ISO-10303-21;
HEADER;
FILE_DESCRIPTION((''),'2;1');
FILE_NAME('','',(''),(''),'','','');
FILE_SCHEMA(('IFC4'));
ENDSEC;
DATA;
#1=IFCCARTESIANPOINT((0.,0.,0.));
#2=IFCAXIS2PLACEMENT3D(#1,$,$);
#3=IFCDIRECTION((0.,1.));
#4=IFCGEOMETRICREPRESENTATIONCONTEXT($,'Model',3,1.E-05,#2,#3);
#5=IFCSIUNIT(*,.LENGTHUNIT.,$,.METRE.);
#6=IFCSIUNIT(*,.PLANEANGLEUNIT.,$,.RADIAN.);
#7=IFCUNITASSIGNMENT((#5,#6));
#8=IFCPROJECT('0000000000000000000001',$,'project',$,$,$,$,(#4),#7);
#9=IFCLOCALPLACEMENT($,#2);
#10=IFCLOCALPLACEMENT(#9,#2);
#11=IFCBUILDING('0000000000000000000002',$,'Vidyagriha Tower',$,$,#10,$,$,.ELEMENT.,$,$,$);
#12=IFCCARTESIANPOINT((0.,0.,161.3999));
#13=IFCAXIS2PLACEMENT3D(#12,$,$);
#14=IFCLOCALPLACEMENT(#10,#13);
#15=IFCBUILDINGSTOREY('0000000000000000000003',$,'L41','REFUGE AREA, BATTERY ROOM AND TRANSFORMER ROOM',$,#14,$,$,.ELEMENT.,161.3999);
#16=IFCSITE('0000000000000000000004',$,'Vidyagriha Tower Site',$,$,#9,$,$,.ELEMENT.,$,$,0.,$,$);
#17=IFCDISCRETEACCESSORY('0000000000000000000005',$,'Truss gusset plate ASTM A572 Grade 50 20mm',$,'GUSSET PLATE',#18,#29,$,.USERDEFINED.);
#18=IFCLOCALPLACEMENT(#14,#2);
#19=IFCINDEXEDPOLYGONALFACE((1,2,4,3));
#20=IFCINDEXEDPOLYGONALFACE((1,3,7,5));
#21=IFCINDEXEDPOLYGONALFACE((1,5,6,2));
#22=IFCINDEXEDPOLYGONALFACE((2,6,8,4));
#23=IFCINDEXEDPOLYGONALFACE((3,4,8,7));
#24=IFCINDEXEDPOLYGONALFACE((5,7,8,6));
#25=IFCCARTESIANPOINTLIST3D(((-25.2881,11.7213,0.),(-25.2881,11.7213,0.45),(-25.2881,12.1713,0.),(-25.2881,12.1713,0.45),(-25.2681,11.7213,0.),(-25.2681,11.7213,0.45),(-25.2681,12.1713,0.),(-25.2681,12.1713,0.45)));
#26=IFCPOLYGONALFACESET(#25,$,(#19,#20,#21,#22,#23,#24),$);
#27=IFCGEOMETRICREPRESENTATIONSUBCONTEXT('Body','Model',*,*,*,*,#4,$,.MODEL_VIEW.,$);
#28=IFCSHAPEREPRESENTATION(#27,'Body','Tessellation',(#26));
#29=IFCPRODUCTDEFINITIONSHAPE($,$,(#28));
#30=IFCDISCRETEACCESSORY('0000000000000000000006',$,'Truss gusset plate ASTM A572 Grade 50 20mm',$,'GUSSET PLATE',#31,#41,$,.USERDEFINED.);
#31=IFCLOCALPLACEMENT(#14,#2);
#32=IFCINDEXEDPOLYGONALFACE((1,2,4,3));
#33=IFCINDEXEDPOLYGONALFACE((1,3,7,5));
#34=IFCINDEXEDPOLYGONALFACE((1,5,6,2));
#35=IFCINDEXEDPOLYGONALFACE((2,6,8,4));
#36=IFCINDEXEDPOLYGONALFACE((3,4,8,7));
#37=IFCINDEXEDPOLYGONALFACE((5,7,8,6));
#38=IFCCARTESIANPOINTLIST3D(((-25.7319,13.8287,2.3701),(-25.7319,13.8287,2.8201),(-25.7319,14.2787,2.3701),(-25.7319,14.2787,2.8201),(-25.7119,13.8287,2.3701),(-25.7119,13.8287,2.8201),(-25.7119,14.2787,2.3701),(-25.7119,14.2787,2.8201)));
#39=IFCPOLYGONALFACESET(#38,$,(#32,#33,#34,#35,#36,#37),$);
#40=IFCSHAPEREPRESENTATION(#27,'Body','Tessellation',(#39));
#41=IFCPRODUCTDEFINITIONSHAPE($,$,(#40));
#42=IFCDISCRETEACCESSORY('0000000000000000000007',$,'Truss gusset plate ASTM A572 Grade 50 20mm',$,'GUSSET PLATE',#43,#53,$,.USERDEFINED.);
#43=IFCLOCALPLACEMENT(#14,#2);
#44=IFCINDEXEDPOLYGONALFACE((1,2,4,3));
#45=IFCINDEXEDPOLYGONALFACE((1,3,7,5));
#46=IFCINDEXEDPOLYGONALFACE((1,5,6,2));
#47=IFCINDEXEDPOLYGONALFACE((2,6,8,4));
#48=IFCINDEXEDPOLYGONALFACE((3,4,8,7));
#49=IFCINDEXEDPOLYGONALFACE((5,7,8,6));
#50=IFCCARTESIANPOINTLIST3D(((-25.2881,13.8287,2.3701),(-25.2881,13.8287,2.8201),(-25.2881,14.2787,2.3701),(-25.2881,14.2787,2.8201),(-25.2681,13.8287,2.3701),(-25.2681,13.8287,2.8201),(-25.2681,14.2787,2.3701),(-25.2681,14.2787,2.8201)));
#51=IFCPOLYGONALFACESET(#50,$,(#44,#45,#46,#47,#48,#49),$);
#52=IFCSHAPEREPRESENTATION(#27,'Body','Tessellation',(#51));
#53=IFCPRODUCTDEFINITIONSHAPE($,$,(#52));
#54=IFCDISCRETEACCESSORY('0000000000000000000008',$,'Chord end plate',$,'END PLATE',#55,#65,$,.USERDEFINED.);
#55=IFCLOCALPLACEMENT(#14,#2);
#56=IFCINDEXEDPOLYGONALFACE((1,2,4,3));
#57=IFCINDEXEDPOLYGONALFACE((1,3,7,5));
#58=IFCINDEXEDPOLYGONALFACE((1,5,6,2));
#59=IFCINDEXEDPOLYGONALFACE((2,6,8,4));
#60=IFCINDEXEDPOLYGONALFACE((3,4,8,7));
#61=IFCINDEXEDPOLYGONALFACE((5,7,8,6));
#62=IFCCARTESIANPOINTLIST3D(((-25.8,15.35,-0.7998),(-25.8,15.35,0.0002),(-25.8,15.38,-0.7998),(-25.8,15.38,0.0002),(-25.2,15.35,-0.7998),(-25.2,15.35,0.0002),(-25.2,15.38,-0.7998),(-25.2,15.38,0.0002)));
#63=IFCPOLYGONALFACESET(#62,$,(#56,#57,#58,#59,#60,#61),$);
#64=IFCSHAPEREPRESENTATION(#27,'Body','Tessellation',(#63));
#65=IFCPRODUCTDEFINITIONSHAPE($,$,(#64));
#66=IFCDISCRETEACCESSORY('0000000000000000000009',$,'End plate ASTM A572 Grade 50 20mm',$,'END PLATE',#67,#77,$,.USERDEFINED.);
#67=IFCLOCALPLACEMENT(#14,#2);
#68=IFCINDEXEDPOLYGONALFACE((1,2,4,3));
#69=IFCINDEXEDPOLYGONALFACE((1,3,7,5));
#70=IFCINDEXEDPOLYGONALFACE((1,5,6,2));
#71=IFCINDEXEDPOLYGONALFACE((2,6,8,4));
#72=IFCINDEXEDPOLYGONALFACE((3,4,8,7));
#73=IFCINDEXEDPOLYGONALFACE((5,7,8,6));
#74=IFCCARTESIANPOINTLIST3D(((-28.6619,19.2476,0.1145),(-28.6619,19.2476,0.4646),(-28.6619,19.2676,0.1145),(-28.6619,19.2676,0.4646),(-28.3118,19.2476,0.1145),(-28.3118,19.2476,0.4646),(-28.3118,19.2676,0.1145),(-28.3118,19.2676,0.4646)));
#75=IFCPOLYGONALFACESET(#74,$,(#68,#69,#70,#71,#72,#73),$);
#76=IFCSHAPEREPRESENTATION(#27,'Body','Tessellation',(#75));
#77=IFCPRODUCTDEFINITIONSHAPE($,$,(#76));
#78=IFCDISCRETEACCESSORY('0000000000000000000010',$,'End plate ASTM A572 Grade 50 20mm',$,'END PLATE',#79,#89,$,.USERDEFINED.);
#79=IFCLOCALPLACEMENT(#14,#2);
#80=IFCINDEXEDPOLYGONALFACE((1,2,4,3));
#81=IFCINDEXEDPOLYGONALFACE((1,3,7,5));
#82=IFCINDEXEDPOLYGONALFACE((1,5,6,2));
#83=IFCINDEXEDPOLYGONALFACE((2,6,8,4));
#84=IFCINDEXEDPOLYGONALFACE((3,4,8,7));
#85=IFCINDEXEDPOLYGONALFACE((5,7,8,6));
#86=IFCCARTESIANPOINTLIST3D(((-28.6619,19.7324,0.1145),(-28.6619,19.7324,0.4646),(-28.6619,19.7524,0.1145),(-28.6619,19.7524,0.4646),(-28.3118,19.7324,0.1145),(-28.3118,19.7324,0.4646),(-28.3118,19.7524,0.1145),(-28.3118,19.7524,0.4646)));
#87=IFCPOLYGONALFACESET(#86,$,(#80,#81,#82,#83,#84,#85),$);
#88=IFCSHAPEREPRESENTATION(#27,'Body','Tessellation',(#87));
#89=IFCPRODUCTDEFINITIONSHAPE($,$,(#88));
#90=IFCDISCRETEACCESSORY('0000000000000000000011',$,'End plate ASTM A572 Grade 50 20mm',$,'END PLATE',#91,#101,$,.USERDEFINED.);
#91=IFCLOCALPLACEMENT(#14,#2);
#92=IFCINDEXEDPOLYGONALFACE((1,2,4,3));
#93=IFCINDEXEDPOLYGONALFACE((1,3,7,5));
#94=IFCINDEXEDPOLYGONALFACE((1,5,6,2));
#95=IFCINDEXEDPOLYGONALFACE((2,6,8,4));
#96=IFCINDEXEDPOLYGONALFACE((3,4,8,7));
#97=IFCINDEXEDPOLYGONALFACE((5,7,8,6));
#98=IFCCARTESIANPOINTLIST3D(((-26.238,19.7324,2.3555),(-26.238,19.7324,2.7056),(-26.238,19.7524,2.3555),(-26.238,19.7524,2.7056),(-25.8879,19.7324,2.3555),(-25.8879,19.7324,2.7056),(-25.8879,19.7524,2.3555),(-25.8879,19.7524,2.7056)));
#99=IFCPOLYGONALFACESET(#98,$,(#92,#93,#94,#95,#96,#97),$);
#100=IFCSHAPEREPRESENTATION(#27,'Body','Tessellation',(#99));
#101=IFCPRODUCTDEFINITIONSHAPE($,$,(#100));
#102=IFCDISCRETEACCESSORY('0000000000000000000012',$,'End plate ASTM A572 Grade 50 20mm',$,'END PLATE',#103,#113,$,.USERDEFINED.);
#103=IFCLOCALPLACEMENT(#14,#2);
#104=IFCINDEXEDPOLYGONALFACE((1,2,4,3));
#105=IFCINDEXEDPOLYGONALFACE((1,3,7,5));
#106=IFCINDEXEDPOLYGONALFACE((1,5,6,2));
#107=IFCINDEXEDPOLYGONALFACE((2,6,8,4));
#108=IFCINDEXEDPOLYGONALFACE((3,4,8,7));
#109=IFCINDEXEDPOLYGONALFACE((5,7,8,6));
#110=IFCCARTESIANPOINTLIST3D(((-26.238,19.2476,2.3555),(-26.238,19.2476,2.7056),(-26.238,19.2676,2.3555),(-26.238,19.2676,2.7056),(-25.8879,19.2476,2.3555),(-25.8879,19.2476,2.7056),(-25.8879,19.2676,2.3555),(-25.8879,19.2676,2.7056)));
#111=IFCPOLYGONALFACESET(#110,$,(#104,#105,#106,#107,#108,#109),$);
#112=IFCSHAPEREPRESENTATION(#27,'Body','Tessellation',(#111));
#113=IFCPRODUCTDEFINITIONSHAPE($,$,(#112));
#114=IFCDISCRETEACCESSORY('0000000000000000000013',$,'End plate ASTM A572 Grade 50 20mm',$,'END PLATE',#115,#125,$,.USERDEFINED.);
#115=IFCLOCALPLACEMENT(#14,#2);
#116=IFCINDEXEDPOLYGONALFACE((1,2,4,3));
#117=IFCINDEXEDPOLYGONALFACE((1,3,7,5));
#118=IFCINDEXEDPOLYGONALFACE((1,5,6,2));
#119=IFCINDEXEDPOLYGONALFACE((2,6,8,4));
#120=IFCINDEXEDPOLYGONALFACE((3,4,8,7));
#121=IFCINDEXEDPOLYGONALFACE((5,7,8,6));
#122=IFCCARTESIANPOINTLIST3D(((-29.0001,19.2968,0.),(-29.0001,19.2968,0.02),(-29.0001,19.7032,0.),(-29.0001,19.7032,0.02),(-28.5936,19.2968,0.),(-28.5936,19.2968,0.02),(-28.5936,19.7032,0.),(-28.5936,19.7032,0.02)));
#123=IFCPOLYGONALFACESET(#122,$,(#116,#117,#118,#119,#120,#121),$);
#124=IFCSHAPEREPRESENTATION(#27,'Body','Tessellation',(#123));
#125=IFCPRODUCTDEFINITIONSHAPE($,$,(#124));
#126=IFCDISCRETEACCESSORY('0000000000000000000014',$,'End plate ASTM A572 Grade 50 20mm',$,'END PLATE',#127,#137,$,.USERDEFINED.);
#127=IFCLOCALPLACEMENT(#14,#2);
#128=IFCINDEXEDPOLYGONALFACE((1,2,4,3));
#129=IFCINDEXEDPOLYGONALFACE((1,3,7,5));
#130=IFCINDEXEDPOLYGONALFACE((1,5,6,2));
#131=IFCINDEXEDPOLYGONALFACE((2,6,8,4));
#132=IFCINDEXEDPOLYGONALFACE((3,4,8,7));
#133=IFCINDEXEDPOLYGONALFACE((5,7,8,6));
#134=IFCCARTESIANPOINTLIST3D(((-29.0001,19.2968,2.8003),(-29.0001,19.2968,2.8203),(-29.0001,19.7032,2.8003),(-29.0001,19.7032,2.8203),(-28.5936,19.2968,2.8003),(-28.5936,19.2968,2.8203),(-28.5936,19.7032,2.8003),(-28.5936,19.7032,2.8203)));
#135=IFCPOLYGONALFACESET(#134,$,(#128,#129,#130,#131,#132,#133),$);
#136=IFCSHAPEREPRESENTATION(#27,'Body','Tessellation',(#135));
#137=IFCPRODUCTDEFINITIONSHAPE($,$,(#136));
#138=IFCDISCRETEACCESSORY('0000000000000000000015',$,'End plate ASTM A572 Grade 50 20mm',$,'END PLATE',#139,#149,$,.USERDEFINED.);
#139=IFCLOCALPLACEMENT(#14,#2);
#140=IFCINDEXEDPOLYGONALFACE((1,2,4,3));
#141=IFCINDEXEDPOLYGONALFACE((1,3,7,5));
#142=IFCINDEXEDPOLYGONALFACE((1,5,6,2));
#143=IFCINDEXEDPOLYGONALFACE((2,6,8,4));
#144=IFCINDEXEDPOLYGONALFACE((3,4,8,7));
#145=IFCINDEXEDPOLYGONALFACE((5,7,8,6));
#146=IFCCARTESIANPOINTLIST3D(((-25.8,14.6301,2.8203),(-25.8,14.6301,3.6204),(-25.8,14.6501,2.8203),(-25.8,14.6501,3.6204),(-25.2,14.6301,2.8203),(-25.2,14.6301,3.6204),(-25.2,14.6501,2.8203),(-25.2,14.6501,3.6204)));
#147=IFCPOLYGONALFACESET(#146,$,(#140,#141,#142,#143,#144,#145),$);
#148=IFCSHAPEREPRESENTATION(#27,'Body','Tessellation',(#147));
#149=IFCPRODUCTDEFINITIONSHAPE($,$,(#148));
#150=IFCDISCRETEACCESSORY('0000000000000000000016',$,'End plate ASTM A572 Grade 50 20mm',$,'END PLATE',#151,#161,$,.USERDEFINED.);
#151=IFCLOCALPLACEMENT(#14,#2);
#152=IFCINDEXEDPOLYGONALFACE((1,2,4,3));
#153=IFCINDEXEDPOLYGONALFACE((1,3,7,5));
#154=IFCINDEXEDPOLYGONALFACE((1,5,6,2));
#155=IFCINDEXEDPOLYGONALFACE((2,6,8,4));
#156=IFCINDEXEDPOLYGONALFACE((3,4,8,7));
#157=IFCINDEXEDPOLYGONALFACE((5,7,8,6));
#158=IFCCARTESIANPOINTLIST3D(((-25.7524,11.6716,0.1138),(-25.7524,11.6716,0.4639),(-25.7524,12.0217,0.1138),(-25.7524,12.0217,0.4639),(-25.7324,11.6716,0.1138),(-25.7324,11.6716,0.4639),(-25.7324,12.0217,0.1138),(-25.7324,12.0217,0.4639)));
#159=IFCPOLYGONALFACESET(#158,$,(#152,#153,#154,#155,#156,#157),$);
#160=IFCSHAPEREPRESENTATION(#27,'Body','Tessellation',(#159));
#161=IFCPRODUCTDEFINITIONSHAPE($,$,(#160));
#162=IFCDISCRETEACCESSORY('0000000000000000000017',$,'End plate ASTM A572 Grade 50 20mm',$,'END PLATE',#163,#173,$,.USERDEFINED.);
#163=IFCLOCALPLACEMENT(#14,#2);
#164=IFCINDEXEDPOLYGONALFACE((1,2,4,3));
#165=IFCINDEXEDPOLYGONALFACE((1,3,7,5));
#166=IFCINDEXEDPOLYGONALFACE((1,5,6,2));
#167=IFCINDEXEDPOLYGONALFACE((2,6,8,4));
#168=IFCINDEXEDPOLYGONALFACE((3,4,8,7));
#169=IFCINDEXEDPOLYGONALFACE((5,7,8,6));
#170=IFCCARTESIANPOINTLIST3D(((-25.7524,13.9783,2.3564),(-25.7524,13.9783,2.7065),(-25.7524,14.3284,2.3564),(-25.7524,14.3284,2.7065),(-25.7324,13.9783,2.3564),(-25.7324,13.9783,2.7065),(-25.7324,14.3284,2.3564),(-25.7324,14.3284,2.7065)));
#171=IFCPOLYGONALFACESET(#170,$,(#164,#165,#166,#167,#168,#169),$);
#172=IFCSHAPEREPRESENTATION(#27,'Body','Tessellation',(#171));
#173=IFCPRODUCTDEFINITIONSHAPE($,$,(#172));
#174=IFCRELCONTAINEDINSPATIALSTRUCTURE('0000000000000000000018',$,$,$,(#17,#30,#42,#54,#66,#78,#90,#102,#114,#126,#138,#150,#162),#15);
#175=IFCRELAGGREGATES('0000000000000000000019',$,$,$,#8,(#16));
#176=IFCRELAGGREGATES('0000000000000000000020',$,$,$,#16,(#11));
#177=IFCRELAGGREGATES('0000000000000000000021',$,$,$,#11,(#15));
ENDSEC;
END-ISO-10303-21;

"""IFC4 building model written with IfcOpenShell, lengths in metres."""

from ifc_helpers import new_model, si_unit, direction, frame, origin, origin_2d, place, context, subcontext, project, spatial, rectangle, extrude, element, save


model = new_model("IFC4")

# Units and contexts
model_context = context("Model", 3, precision=1e-05, world=origin(), true_north=direction((0.0, 1.0)))
body_context = subcontext(model_context, "Body", "Model", "MODEL_VIEW")
ifc_project = project(units=[si_unit("LENGTHUNIT", "METRE"), si_unit("PLANEANGLEUNIT", "RADIAN")], contexts=[model_context])

# Site, building, storey
site_placement = place(None, origin())
site = spatial("IfcSite", under=ifc_project, at=site_placement, Name="Vidyagriha Tower Site", CompositionType="ELEMENT", RefElevation=0.0)
building_placement = place(site_placement, origin())
building = spatial("IfcBuilding", under=site, at=building_placement, Name="Vidyagriha Tower", CompositionType="ELEMENT")
storey_placement = place(building_placement, frame((0.0, 0.0, 161.3999)))
storey = spatial("IfcBuildingStorey", under=building, at=storey_placement, Name="L41", Description="REFUGE AREA, BATTERY ROOM AND TRANSFORMER ROOM", CompositionType="ELEMENT", Elevation=161.3999)

# Discrete accessories
for number, where, z_axis, x_axis, name in (
    (1, (-25.2781, 11.9463, 0.0), (0.0, 0.0, 1.0), (0.0, 1.0, 0.0), "Truss gusset plate ASTM A572 Grade 50 20mm"),
    (2, (-25.7219, 14.0537, 2.3701), (0.0, 0.0, 1.0), (0.0, 1.0, 0.0), "Truss gusset plate ASTM A572 Grade 50 20mm"),
    (3, (-25.2781, 14.0537, 2.3701), (0.0, 0.0, 1.0), (0.0, 1.0, 0.0), "Truss gusset plate ASTM A572 Grade 50 20mm"),
):
    element("IfcDiscreteAccessory", number, at=place(storey_placement, frame(where, z_axis=z_axis, x_axis=x_axis)), inside=storey, Name=name, ObjectType="GUSSET PLATE", PredefinedType="USERDEFINED", context=body_context, shape_type="SweptSolid", body=[
        extrude(rectangle(XDim=0.45, YDim=0.02, at=origin_2d()), origin(), (0.0, 0.0, 1.0), 0.45),
    ])
discrete_accessory_1_placement = place(storey_placement, frame((-25.5, 15.365, -0.7998), z_axis=(0.0, 0.0, 1.0), x_axis=(0.0, 1.0, 0.0)))
element("IfcDiscreteAccessory", 4, at=discrete_accessory_1_placement, inside=storey, Name="Chord end plate", ObjectType="END PLATE", PredefinedType="USERDEFINED", context=body_context, shape_type="SweptSolid", body=[
    extrude(rectangle(XDim=0.03, YDim=0.6001, at=origin_2d()), origin(), (0.0, 0.0, 1.0), 0.8),
])
for number, where, z_axis, x_axis, name in (
    (5, (-28.4868, 19.2576, 0.1145), (0.0, 0.0, 1.0), (-1.0, 0.0, 0.0), "End plate ASTM A572 Grade 50 20mm"),
    (6, (-28.4868, 19.7424, 0.1145), (0.0, 0.0, 1.0), (-1.0, 0.0, 0.0), "End plate ASTM A572 Grade 50 20mm"),
):
    element("IfcDiscreteAccessory", number, at=place(storey_placement, frame(where, z_axis=z_axis, x_axis=x_axis)), inside=storey, Name=name, ObjectType="END PLATE", PredefinedType="USERDEFINED", context=body_context, shape_type="SweptSolid", body=[
        extrude(rectangle(XDim=0.3501, YDim=0.02, at=origin_2d()), origin(), (0.0, 0.0, 1.0), 0.3501),
    ])
for number, where, name in (
    (7, (-26.063, 19.7424, 2.3555), "End plate ASTM A572 Grade 50 20mm"),
    (8, (-26.063, 19.2576, 2.3555), "End plate ASTM A572 Grade 50 20mm"),
):
    element("IfcDiscreteAccessory", number, at=place(storey_placement, frame(where)), inside=storey, Name=name, ObjectType="END PLATE", PredefinedType="USERDEFINED", context=body_context, shape_type="SweptSolid", body=[
        extrude(rectangle(XDim=0.3501, YDim=0.02, at=origin_2d()), origin(), (0.0, 0.0, 1.0), 0.3501),
    ])
for number, where, name in (
    (9, (-28.7969, 19.5, 0.0), "End plate ASTM A572 Grade 50 20mm"),
    (10, (-28.7969, 19.5, 2.8003), "End plate ASTM A572 Grade 50 20mm"),
):
    element("IfcDiscreteAccessory", number, at=place(storey_placement, frame(where)), inside=storey, Name=name, ObjectType="END PLATE", PredefinedType="USERDEFINED", context=body_context, shape_type="SweptSolid", body=[
        extrude(rectangle(XDim=0.4065, YDim=0.4065, at=origin_2d()), origin(), (0.0, 0.0, 1.0), 0.02),
    ])
discrete_accessory_2_placement = place(storey_placement, frame((-25.5, 14.6401, 2.8203), z_axis=(0.0, 0.0, 1.0), x_axis=(0.0, 1.0, 0.0)))
element("IfcDiscreteAccessory", 11, at=discrete_accessory_2_placement, inside=storey, Name="End plate ASTM A572 Grade 50 20mm", ObjectType="END PLATE", PredefinedType="USERDEFINED", context=body_context, shape_type="SweptSolid", body=[
    extrude(rectangle(XDim=0.02, YDim=0.6001, at=origin_2d()), origin(), (0.0, 0.0, 1.0), 0.8),
])
for number, where, z_axis, x_axis, name in (
    (12, (-25.7424, 11.8467, 0.1138), (0.0, 0.0, 1.0), (0.0, -1.0, 0.0), "End plate ASTM A572 Grade 50 20mm"),
    (13, (-25.7424, 14.1533, 2.3564), (0.0, 0.0, 1.0), (0.0, 1.0, 0.0), "End plate ASTM A572 Grade 50 20mm"),
):
    element("IfcDiscreteAccessory", number, at=place(storey_placement, frame(where, z_axis=z_axis, x_axis=x_axis)), inside=storey, Name=name, ObjectType="END PLATE", PredefinedType="USERDEFINED", context=body_context, shape_type="SweptSolid", body=[
        extrude(rectangle(XDim=0.3501, YDim=0.02, at=origin_2d()), origin(), (0.0, 0.0, 1.0), 0.3501),
    ])

save(model, "model.ifc")
